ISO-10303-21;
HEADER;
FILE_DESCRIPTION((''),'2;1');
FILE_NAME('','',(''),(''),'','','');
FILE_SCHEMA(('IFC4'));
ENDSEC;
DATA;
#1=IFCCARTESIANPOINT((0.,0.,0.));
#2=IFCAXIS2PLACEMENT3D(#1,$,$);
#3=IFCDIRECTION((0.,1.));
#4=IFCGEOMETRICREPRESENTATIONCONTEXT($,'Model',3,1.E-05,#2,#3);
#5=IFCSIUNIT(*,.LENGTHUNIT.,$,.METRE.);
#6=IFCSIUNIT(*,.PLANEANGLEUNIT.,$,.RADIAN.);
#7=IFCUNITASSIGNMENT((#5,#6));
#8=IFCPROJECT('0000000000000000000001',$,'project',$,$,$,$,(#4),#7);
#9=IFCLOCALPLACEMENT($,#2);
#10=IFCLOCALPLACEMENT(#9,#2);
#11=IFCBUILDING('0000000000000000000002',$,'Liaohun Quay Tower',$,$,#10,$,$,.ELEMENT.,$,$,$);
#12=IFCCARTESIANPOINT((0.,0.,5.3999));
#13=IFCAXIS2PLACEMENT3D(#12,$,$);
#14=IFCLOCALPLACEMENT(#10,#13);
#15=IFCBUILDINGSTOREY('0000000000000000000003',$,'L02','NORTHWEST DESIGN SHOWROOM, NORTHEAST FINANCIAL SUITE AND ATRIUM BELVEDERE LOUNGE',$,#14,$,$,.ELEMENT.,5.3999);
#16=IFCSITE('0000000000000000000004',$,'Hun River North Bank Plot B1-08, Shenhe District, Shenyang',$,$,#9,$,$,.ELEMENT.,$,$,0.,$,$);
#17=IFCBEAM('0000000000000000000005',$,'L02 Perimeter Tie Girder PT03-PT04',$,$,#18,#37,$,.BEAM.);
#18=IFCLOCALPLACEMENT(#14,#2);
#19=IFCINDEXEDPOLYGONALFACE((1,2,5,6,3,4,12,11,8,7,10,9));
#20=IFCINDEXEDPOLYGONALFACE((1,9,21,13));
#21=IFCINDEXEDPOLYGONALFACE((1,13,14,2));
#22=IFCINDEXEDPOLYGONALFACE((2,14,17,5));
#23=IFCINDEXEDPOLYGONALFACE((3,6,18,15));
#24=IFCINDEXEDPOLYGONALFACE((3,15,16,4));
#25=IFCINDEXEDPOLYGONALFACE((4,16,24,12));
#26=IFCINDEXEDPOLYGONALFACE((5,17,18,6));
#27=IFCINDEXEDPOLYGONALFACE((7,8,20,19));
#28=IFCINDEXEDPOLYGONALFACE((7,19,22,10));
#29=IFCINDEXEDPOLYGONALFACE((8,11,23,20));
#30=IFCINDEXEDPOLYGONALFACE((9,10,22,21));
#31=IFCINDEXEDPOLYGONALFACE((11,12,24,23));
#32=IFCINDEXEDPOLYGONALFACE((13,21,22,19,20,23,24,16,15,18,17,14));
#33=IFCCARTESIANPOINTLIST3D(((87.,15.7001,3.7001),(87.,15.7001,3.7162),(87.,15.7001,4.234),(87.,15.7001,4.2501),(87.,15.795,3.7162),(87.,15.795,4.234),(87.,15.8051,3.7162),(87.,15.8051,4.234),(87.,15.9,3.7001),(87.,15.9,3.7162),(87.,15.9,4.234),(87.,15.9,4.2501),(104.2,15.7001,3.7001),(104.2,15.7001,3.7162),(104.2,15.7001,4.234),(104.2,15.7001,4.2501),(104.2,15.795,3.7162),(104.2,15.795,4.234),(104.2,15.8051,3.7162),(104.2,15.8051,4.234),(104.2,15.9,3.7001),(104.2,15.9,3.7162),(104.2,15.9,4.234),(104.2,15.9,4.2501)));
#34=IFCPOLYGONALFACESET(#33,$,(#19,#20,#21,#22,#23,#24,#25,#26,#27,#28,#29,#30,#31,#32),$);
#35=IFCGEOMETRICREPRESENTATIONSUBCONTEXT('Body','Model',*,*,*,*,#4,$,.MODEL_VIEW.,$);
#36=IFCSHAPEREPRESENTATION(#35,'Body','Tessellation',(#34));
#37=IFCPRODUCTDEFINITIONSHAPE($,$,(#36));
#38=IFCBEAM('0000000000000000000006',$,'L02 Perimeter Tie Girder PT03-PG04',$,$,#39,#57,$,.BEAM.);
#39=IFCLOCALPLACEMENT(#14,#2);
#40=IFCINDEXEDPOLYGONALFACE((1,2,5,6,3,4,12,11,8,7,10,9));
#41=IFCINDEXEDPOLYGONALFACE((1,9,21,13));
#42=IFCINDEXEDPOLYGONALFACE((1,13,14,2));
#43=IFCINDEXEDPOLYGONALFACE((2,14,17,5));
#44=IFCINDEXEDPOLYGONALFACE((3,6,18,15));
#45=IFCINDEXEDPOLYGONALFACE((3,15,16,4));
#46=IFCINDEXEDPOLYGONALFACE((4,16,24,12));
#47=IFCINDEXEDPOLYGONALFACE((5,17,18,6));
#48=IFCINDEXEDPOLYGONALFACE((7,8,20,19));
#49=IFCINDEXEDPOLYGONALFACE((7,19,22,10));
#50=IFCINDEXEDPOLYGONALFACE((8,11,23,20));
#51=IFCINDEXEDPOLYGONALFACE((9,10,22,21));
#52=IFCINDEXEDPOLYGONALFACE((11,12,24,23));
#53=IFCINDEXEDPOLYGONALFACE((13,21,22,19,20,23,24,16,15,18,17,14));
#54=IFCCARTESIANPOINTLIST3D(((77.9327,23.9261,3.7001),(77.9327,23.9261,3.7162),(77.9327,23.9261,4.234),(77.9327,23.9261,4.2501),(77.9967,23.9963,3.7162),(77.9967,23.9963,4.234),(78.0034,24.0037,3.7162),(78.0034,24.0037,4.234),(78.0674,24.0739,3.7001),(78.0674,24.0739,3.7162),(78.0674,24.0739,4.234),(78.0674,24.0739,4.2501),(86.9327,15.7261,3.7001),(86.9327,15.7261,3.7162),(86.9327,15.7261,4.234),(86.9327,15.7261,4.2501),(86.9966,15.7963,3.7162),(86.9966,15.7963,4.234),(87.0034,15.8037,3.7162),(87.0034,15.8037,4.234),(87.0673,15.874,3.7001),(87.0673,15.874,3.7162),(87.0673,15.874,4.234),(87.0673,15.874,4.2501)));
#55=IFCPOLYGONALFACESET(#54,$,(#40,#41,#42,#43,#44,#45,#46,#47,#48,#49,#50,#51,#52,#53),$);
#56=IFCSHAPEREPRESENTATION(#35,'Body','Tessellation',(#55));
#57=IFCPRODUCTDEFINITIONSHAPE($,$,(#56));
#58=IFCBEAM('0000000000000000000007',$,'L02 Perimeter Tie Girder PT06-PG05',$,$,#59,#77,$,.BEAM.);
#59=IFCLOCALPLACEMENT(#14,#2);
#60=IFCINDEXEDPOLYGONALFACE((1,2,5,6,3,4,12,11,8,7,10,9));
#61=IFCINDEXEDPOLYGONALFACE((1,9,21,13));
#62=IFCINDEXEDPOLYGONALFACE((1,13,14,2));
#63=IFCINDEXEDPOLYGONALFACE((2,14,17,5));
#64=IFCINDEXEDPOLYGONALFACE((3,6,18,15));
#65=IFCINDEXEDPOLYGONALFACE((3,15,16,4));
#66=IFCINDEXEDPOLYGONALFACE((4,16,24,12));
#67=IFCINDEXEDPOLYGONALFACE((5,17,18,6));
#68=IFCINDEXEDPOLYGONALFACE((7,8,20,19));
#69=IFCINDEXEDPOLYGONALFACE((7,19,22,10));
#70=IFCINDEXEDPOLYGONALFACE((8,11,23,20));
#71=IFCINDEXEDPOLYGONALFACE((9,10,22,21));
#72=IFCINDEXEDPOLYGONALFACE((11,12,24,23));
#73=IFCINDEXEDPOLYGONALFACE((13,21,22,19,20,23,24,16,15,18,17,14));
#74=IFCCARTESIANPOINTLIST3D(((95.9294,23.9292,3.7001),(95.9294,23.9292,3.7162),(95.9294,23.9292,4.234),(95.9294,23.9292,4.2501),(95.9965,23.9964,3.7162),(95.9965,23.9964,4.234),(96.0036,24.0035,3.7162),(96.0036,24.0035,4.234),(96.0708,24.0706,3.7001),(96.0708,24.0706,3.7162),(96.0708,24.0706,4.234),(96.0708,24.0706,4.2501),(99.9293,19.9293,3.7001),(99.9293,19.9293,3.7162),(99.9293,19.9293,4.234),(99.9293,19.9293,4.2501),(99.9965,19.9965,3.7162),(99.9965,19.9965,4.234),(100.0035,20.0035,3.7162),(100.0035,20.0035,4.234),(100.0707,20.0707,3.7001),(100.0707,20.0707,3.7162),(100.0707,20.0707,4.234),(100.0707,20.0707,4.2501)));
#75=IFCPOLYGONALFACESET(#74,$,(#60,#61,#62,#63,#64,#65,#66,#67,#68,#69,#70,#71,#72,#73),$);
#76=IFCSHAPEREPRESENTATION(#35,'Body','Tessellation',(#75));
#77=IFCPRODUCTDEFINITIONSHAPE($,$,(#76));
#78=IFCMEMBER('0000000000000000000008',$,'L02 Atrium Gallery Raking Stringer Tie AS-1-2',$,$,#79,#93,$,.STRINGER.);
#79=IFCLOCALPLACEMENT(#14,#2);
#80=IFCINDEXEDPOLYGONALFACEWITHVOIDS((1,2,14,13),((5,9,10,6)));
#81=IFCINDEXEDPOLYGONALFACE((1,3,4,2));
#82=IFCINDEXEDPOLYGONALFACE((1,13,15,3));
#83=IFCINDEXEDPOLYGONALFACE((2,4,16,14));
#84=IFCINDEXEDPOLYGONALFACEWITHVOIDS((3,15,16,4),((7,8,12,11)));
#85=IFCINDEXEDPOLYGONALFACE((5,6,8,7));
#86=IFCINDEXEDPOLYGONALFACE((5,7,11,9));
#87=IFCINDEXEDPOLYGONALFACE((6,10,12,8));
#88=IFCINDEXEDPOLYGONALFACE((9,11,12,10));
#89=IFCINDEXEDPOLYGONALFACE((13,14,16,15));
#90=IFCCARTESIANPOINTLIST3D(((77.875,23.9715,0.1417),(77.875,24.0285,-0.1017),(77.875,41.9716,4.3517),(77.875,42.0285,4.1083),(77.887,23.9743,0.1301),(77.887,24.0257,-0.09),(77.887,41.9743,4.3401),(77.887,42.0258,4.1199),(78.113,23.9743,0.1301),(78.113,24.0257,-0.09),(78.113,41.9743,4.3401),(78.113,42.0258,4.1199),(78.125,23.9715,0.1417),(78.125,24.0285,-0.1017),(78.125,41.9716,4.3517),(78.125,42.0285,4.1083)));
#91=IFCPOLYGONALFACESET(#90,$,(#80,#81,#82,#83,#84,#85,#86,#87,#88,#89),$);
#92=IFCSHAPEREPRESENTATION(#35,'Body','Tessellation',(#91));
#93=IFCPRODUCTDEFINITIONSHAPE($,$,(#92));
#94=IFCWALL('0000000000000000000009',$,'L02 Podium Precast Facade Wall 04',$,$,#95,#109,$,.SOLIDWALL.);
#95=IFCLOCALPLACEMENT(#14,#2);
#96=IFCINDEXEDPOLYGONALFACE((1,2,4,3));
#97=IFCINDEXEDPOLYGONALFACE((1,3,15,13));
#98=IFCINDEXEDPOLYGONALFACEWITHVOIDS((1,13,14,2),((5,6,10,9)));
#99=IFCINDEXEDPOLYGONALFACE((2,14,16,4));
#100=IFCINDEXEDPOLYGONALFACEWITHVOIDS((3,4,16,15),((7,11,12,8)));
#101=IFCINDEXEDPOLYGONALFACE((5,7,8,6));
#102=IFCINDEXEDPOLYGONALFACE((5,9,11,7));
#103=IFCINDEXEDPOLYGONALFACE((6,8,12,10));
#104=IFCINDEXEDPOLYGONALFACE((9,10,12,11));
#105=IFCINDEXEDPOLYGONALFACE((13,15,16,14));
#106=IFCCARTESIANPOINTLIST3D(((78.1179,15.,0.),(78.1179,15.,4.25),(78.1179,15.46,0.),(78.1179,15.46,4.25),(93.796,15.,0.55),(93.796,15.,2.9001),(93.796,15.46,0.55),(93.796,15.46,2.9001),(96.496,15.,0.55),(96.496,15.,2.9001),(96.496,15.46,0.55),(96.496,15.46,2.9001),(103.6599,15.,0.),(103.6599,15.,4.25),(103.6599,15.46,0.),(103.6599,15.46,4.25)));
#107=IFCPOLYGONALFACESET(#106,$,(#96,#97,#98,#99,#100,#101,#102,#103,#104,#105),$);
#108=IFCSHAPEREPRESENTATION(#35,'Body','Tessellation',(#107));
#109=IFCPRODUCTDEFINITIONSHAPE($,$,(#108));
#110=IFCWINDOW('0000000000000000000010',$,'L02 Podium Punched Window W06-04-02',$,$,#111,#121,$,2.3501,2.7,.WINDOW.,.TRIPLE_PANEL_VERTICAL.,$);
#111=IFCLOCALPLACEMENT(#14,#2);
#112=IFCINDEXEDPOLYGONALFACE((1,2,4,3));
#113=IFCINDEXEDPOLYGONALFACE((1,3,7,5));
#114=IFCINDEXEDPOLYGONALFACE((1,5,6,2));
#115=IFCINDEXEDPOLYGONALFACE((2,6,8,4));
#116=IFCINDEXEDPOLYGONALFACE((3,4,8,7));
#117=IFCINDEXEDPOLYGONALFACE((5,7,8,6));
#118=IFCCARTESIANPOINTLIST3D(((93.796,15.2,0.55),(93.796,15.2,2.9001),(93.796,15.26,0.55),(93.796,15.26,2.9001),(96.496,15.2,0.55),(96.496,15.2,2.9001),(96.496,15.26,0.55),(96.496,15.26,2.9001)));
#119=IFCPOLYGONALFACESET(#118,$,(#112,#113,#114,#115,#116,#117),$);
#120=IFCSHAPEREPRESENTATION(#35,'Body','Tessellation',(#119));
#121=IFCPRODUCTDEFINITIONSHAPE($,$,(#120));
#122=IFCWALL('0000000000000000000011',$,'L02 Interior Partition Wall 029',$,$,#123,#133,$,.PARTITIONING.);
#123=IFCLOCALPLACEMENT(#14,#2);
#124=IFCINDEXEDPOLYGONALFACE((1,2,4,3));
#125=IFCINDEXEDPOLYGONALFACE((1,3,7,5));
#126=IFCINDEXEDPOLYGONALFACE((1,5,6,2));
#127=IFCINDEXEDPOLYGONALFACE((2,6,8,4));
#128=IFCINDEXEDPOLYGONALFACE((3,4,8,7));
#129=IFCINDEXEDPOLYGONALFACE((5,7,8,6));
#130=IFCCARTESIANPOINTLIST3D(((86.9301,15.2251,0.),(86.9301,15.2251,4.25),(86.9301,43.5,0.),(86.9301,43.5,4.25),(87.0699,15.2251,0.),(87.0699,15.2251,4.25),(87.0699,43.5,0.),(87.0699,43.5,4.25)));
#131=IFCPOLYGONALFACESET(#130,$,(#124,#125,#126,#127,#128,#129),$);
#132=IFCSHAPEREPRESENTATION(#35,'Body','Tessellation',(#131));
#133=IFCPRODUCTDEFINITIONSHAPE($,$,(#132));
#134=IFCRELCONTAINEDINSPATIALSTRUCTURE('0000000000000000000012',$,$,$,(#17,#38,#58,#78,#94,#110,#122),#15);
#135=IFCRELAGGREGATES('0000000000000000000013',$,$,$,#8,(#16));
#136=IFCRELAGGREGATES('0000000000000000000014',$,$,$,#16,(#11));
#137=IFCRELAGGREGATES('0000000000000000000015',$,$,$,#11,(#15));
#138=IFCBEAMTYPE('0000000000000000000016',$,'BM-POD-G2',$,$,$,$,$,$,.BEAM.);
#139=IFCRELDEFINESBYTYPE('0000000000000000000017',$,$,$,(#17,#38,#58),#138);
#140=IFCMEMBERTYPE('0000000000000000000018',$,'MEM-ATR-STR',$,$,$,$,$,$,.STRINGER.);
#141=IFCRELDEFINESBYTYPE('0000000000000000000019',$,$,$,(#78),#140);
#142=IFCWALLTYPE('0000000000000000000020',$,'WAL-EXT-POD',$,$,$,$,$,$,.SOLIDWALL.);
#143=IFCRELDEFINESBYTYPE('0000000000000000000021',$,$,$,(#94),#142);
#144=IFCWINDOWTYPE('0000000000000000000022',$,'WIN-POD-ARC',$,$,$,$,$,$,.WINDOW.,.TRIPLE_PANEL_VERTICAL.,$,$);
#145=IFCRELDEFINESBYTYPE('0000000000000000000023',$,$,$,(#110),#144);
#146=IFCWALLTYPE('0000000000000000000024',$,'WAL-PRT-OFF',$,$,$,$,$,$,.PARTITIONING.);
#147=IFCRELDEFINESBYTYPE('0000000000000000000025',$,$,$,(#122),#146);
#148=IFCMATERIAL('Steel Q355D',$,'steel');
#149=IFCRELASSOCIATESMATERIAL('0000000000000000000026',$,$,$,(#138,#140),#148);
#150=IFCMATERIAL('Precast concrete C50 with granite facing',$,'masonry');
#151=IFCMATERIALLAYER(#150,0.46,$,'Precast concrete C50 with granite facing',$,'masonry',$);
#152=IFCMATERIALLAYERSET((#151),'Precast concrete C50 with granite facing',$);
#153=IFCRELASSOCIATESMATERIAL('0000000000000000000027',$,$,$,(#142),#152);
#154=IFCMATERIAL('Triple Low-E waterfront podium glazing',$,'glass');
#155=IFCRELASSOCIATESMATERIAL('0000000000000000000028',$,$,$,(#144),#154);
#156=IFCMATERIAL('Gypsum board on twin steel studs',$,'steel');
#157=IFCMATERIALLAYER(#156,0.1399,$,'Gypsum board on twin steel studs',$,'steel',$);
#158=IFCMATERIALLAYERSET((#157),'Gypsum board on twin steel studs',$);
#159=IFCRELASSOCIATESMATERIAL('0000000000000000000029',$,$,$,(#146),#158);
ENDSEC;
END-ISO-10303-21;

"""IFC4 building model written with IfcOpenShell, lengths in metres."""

from ifc_helpers import new_model, si_unit, direction, frame, frame_2d, origin, origin_2d, place, context, subcontext, project, spatial, rectangle, hollow_rectangle, i_section, extrude, source, transform, mapped, material, layer, layer_set, material_profile, profile_set, type_object, element, fill, save


model = new_model("IFC4")

# Units and contexts
model_context = context("Model", 3, precision=1e-05, world=origin(), true_north=direction((0.0, 1.0)))
body_context = subcontext(model_context, "Body", "Model", "MODEL_VIEW")
ifc_project = project(units=[si_unit("LENGTHUNIT", "METRE"), si_unit("PLANEANGLEUNIT", "RADIAN")], contexts=[model_context])

# Site, building, storey
site_placement = place(None, origin())
site = spatial("IfcSite", under=ifc_project, at=site_placement, Name="Hun River North Bank Plot B1-08, Shenhe District, Shenyang", CompositionType="ELEMENT", RefElevation=0.0)
building_placement = place(site_placement, origin())
building = spatial("IfcBuilding", under=site, at=building_placement, Name="Liaohun Quay Tower", CompositionType="ELEMENT")
storey_placement = place(building_placement, frame((0.0, 0.0, 5.3999)))
storey = spatial("IfcBuildingStorey", under=building, at=storey_placement, Name="L02", Description="NORTHWEST DESIGN SHOWROOM, NORTHEAST FINANCIAL SUITE AND ATRIUM BELVEDERE LOUNGE", CompositionType="ELEMENT", Elevation=5.3999)

# Beams
ifc_material_1 = material(Name="Steel Q355D", Category="steel")
ifc_material_profile_1 = material_profile(ifc_material_1, i_section(OverallWidth=0.2, OverallDepth=0.55, WebThickness=0.01, FlangeThickness=0.0161, at=origin_2d()), Name="HN550x200x10x16")
ifc_profile_set_1 = profile_set([ifc_material_profile_1], Name="Steel Q355D")
beam_type_1 = type_object("IfcBeamType", Name="BM-POD-G2", PredefinedType="BEAM", material=ifc_profile_set_1)
shared_shape_1 = source(origin(), body_context, "Body", "SweptSolid", [
    extrude(i_section(OverallWidth=0.2, OverallDepth=0.55, WebThickness=0.01, FlangeThickness=0.0161, at=origin_2d()), origin(), (0.0, 0.0, 1.0), 17.2),
])
beam_1_placement = place(storey_placement, frame((87.0, 15.8, 3.9751), z_axis=(1.0, 0.0, 0.0), x_axis=(0.0, 1.0, 0.0)))
element("IfcBeam", 1, at=beam_1_placement, inside=storey, type_object=beam_type_1, Name="L02 Perimeter Tie Girder PT03-PT04", PredefinedType="BEAM", context=body_context, shape_type="MappedRepresentation", body=[
    mapped(shared_shape_1, transform((0.0, 0.0, 0.0), x_axis=(1.0, 0.0, 0.0), y_axis=(0.0, 1.0, 0.0), z_axis=(0.0, 0.0, 1.0), scale=1.0)),
])
shared_shape_2 = source(origin(), body_context, "Body", "SweptSolid", [
    extrude(i_section(OverallWidth=0.2, OverallDepth=0.55, WebThickness=0.01, FlangeThickness=0.0161, at=origin_2d()), origin(), (0.0, 0.0, 1.0), 12.1753),
])
beam_2_placement = place(storey_placement, frame((87.0, 15.8, 3.9751), z_axis=(-0.739198, 0.673488, 0.0), x_axis=(-0.673488, -0.739198, 0.0)))
element("IfcBeam", 2, at=beam_2_placement, inside=storey, type_object=beam_type_1, Name="L02 Perimeter Tie Girder PT03-PG04", PredefinedType="BEAM", context=body_context, shape_type="MappedRepresentation", body=[
    mapped(shared_shape_2, transform((0.0, 0.0, 0.0), x_axis=(1.0, 0.0, 0.0), y_axis=(0.0, 1.0, 0.0), z_axis=(0.0, 0.0, 1.0), scale=1.0)),
])
shared_shape_3 = source(origin(), body_context, "Body", "SweptSolid", [
    extrude(i_section(OverallWidth=0.2, OverallDepth=0.55, WebThickness=0.01, FlangeThickness=0.0161, at=origin_2d()), origin(), (0.0, 0.0, 1.0), 5.6567),
])
beam_3_placement = place(storey_placement, frame((100.0, 20.0, 3.9751), z_axis=(-0.707107, 0.707107, 0.0), x_axis=(-0.707107, -0.707107, 0.0)))
element("IfcBeam", 3, at=beam_3_placement, inside=storey, type_object=beam_type_1, Name="L02 Perimeter Tie Girder PT06-PG05", PredefinedType="BEAM", context=body_context, shape_type="MappedRepresentation", body=[
    mapped(shared_shape_3, transform((0.0, 0.0, 0.0), x_axis=(1.0, 0.0, 0.0), y_axis=(0.0, 1.0, 0.0), z_axis=(0.0, 0.0, 1.0), scale=1.0)),
])

# Member
ifc_material_profile_2 = material_profile(ifc_material_1, hollow_rectangle(XDim=0.25, YDim=0.25, WallThickness=0.012, at=origin_2d()), Name="SHS250x250x12")
ifc_profile_set_2 = profile_set([ifc_material_profile_2], Name="Steel Q355D")
member_type = type_object("IfcMemberType", Name="MEM-ATR-STR", PredefinedType="STRINGER", material=ifc_profile_set_2)
shared_shape_4 = source(origin(), body_context, "Body", "SweptSolid", [
    extrude(hollow_rectangle(XDim=0.25, YDim=0.25, WallThickness=0.012, at=origin_2d()), origin(), (0.0, 0.0, 1.0), 18.4858),
])
member_placement = place(storey_placement, frame((78.0, 24.0, 0.02), z_axis=(0.0, 0.973722, 0.227741), x_axis=(-1.0, 0.0, 0.0)))
element("IfcMember", 4, at=member_placement, inside=storey, type_object=member_type, Name="L02 Atrium Gallery Raking Stringer Tie AS-1-2", PredefinedType="STRINGER", context=body_context, shape_type="MappedRepresentation", body=[
    mapped(shared_shape_4, transform((0.0, 0.0, 0.0), x_axis=(1.0, 0.0, 0.0), y_axis=(0.0, 1.0, 0.0), z_axis=(0.0, 0.0, 1.0), scale=1.0)),
])

# Wall, opening, window
ifc_material_2 = material(Name="Precast concrete C50 with granite facing", Category="masonry")
ifc_layer_1 = layer(ifc_material_2, 0.46, Name="Precast concrete C50 with granite facing", Category="masonry")
ifc_layer_set_1 = layer_set([ifc_layer_1], Name="Precast concrete C50 with granite facing")
wall_type_1 = type_object("IfcWallType", Name="WAL-EXT-POD", PredefinedType="SOLIDWALL", material=ifc_layer_set_1)
wall_1_placement = place(storey_placement, frame((78.1179, 15.23, 0.0), z_axis=(0.0, 0.0, 1.0), x_axis=(1.0, 0.0, 0.0)))
wall_1 = element("IfcWall", 5, at=wall_1_placement, inside=storey, type_object=wall_type_1, Name="L02 Podium Precast Facade Wall 04", PredefinedType="SOLIDWALL", context=body_context, shape_type="SweptSolid", body=[
    extrude(rectangle(XDim=25.542, YDim=0.46, at=frame_2d((12.771, 0.0))), origin(), (0.0, 0.0, 1.0), 4.25),
])
shared_shape_5 = source(origin(), body_context, "Body", "SweptSolid", [
    extrude(rectangle(XDim=2.7, YDim=2.3501, at=frame_2d((1.3501, 1.175))), frame((0.0, 0.24, 0.0), z_axis=(0.0, -1.0, 0.0), x_axis=(1.0, 0.0, 0.0)), (0.0, 0.0, 1.0), 0.48),
])
opening_1_placement = place(wall_1_placement, frame((15.678, 0.0, 0.55)))
opening_1 = element("IfcOpeningElement", 6, at=opening_1_placement, cuts=wall_1, PredefinedType="OPENING", context=body_context, shape_type="MappedRepresentation", body=[
    mapped(shared_shape_5, transform((0.0, 0.0, 0.0), x_axis=(1.0, 0.0, 0.0), y_axis=(0.0, 1.0, 0.0), z_axis=(0.0, 0.0, 1.0), scale=1.0)),
])
ifc_material_3 = material(Name="Triple Low-E waterfront podium glazing", Category="glass")
window_type = type_object("IfcWindowType", Name="WIN-POD-ARC", PartitioningType="TRIPLE_PANEL_VERTICAL", PredefinedType="WINDOW", material=ifc_material_3)
shared_shape_6 = source(origin(), body_context, "Body", "SweptSolid", [
    extrude(rectangle(XDim=2.7, YDim=2.3501, at=frame_2d((1.3501, 1.175))), frame((0.0, 0.03, 0.0), z_axis=(0.0, -1.0, 0.0), x_axis=(1.0, 0.0, 0.0)), (0.0, 0.0, 1.0), 0.0601),
])
window_placement = place(opening_1_placement, origin())
window = element("IfcWindow", 7, at=window_placement, inside=storey, type_object=window_type, Name="L02 Podium Punched Window W06-04-02", OverallHeight=2.3501, OverallWidth=2.7, PartitioningType="TRIPLE_PANEL_VERTICAL", PredefinedType="WINDOW", context=body_context, shape_type="MappedRepresentation", body=[
    mapped(shared_shape_6, transform((0.0, 0.0, 0.0), x_axis=(1.0, 0.0, 0.0), y_axis=(0.0, 1.0, 0.0), z_axis=(0.0, 0.0, 1.0), scale=1.0)),
])
fill(opening_1, window)

# Wall
ifc_material_4 = material(Name="Gypsum board on twin steel studs", Category="steel")
ifc_layer_2 = layer(ifc_material_4, 0.1399, Name="Gypsum board on twin steel studs", Category="steel")
ifc_layer_set_2 = layer_set([ifc_layer_2], Name="Gypsum board on twin steel studs")
wall_type_2 = type_object("IfcWallType", Name="WAL-PRT-OFF", PredefinedType="PARTITIONING", material=ifc_layer_set_2)
wall_2_placement = place(storey_placement, frame((87.0, 15.2251, 0.0), z_axis=(0.0, 0.0, 1.0), x_axis=(0.0, 1.0, 0.0)))
element("IfcWall", 8, at=wall_2_placement, inside=storey, type_object=wall_type_2, Name="L02 Interior Partition Wall 029", PredefinedType="PARTITIONING", context=body_context, shape_type="SweptSolid", body=[
    extrude(rectangle(XDim=28.2749, YDim=0.1399, at=frame_2d((14.1375, 0.0))), origin(), (0.0, 0.0, 1.0), 4.25),
])

save(model, "model.ifc")
